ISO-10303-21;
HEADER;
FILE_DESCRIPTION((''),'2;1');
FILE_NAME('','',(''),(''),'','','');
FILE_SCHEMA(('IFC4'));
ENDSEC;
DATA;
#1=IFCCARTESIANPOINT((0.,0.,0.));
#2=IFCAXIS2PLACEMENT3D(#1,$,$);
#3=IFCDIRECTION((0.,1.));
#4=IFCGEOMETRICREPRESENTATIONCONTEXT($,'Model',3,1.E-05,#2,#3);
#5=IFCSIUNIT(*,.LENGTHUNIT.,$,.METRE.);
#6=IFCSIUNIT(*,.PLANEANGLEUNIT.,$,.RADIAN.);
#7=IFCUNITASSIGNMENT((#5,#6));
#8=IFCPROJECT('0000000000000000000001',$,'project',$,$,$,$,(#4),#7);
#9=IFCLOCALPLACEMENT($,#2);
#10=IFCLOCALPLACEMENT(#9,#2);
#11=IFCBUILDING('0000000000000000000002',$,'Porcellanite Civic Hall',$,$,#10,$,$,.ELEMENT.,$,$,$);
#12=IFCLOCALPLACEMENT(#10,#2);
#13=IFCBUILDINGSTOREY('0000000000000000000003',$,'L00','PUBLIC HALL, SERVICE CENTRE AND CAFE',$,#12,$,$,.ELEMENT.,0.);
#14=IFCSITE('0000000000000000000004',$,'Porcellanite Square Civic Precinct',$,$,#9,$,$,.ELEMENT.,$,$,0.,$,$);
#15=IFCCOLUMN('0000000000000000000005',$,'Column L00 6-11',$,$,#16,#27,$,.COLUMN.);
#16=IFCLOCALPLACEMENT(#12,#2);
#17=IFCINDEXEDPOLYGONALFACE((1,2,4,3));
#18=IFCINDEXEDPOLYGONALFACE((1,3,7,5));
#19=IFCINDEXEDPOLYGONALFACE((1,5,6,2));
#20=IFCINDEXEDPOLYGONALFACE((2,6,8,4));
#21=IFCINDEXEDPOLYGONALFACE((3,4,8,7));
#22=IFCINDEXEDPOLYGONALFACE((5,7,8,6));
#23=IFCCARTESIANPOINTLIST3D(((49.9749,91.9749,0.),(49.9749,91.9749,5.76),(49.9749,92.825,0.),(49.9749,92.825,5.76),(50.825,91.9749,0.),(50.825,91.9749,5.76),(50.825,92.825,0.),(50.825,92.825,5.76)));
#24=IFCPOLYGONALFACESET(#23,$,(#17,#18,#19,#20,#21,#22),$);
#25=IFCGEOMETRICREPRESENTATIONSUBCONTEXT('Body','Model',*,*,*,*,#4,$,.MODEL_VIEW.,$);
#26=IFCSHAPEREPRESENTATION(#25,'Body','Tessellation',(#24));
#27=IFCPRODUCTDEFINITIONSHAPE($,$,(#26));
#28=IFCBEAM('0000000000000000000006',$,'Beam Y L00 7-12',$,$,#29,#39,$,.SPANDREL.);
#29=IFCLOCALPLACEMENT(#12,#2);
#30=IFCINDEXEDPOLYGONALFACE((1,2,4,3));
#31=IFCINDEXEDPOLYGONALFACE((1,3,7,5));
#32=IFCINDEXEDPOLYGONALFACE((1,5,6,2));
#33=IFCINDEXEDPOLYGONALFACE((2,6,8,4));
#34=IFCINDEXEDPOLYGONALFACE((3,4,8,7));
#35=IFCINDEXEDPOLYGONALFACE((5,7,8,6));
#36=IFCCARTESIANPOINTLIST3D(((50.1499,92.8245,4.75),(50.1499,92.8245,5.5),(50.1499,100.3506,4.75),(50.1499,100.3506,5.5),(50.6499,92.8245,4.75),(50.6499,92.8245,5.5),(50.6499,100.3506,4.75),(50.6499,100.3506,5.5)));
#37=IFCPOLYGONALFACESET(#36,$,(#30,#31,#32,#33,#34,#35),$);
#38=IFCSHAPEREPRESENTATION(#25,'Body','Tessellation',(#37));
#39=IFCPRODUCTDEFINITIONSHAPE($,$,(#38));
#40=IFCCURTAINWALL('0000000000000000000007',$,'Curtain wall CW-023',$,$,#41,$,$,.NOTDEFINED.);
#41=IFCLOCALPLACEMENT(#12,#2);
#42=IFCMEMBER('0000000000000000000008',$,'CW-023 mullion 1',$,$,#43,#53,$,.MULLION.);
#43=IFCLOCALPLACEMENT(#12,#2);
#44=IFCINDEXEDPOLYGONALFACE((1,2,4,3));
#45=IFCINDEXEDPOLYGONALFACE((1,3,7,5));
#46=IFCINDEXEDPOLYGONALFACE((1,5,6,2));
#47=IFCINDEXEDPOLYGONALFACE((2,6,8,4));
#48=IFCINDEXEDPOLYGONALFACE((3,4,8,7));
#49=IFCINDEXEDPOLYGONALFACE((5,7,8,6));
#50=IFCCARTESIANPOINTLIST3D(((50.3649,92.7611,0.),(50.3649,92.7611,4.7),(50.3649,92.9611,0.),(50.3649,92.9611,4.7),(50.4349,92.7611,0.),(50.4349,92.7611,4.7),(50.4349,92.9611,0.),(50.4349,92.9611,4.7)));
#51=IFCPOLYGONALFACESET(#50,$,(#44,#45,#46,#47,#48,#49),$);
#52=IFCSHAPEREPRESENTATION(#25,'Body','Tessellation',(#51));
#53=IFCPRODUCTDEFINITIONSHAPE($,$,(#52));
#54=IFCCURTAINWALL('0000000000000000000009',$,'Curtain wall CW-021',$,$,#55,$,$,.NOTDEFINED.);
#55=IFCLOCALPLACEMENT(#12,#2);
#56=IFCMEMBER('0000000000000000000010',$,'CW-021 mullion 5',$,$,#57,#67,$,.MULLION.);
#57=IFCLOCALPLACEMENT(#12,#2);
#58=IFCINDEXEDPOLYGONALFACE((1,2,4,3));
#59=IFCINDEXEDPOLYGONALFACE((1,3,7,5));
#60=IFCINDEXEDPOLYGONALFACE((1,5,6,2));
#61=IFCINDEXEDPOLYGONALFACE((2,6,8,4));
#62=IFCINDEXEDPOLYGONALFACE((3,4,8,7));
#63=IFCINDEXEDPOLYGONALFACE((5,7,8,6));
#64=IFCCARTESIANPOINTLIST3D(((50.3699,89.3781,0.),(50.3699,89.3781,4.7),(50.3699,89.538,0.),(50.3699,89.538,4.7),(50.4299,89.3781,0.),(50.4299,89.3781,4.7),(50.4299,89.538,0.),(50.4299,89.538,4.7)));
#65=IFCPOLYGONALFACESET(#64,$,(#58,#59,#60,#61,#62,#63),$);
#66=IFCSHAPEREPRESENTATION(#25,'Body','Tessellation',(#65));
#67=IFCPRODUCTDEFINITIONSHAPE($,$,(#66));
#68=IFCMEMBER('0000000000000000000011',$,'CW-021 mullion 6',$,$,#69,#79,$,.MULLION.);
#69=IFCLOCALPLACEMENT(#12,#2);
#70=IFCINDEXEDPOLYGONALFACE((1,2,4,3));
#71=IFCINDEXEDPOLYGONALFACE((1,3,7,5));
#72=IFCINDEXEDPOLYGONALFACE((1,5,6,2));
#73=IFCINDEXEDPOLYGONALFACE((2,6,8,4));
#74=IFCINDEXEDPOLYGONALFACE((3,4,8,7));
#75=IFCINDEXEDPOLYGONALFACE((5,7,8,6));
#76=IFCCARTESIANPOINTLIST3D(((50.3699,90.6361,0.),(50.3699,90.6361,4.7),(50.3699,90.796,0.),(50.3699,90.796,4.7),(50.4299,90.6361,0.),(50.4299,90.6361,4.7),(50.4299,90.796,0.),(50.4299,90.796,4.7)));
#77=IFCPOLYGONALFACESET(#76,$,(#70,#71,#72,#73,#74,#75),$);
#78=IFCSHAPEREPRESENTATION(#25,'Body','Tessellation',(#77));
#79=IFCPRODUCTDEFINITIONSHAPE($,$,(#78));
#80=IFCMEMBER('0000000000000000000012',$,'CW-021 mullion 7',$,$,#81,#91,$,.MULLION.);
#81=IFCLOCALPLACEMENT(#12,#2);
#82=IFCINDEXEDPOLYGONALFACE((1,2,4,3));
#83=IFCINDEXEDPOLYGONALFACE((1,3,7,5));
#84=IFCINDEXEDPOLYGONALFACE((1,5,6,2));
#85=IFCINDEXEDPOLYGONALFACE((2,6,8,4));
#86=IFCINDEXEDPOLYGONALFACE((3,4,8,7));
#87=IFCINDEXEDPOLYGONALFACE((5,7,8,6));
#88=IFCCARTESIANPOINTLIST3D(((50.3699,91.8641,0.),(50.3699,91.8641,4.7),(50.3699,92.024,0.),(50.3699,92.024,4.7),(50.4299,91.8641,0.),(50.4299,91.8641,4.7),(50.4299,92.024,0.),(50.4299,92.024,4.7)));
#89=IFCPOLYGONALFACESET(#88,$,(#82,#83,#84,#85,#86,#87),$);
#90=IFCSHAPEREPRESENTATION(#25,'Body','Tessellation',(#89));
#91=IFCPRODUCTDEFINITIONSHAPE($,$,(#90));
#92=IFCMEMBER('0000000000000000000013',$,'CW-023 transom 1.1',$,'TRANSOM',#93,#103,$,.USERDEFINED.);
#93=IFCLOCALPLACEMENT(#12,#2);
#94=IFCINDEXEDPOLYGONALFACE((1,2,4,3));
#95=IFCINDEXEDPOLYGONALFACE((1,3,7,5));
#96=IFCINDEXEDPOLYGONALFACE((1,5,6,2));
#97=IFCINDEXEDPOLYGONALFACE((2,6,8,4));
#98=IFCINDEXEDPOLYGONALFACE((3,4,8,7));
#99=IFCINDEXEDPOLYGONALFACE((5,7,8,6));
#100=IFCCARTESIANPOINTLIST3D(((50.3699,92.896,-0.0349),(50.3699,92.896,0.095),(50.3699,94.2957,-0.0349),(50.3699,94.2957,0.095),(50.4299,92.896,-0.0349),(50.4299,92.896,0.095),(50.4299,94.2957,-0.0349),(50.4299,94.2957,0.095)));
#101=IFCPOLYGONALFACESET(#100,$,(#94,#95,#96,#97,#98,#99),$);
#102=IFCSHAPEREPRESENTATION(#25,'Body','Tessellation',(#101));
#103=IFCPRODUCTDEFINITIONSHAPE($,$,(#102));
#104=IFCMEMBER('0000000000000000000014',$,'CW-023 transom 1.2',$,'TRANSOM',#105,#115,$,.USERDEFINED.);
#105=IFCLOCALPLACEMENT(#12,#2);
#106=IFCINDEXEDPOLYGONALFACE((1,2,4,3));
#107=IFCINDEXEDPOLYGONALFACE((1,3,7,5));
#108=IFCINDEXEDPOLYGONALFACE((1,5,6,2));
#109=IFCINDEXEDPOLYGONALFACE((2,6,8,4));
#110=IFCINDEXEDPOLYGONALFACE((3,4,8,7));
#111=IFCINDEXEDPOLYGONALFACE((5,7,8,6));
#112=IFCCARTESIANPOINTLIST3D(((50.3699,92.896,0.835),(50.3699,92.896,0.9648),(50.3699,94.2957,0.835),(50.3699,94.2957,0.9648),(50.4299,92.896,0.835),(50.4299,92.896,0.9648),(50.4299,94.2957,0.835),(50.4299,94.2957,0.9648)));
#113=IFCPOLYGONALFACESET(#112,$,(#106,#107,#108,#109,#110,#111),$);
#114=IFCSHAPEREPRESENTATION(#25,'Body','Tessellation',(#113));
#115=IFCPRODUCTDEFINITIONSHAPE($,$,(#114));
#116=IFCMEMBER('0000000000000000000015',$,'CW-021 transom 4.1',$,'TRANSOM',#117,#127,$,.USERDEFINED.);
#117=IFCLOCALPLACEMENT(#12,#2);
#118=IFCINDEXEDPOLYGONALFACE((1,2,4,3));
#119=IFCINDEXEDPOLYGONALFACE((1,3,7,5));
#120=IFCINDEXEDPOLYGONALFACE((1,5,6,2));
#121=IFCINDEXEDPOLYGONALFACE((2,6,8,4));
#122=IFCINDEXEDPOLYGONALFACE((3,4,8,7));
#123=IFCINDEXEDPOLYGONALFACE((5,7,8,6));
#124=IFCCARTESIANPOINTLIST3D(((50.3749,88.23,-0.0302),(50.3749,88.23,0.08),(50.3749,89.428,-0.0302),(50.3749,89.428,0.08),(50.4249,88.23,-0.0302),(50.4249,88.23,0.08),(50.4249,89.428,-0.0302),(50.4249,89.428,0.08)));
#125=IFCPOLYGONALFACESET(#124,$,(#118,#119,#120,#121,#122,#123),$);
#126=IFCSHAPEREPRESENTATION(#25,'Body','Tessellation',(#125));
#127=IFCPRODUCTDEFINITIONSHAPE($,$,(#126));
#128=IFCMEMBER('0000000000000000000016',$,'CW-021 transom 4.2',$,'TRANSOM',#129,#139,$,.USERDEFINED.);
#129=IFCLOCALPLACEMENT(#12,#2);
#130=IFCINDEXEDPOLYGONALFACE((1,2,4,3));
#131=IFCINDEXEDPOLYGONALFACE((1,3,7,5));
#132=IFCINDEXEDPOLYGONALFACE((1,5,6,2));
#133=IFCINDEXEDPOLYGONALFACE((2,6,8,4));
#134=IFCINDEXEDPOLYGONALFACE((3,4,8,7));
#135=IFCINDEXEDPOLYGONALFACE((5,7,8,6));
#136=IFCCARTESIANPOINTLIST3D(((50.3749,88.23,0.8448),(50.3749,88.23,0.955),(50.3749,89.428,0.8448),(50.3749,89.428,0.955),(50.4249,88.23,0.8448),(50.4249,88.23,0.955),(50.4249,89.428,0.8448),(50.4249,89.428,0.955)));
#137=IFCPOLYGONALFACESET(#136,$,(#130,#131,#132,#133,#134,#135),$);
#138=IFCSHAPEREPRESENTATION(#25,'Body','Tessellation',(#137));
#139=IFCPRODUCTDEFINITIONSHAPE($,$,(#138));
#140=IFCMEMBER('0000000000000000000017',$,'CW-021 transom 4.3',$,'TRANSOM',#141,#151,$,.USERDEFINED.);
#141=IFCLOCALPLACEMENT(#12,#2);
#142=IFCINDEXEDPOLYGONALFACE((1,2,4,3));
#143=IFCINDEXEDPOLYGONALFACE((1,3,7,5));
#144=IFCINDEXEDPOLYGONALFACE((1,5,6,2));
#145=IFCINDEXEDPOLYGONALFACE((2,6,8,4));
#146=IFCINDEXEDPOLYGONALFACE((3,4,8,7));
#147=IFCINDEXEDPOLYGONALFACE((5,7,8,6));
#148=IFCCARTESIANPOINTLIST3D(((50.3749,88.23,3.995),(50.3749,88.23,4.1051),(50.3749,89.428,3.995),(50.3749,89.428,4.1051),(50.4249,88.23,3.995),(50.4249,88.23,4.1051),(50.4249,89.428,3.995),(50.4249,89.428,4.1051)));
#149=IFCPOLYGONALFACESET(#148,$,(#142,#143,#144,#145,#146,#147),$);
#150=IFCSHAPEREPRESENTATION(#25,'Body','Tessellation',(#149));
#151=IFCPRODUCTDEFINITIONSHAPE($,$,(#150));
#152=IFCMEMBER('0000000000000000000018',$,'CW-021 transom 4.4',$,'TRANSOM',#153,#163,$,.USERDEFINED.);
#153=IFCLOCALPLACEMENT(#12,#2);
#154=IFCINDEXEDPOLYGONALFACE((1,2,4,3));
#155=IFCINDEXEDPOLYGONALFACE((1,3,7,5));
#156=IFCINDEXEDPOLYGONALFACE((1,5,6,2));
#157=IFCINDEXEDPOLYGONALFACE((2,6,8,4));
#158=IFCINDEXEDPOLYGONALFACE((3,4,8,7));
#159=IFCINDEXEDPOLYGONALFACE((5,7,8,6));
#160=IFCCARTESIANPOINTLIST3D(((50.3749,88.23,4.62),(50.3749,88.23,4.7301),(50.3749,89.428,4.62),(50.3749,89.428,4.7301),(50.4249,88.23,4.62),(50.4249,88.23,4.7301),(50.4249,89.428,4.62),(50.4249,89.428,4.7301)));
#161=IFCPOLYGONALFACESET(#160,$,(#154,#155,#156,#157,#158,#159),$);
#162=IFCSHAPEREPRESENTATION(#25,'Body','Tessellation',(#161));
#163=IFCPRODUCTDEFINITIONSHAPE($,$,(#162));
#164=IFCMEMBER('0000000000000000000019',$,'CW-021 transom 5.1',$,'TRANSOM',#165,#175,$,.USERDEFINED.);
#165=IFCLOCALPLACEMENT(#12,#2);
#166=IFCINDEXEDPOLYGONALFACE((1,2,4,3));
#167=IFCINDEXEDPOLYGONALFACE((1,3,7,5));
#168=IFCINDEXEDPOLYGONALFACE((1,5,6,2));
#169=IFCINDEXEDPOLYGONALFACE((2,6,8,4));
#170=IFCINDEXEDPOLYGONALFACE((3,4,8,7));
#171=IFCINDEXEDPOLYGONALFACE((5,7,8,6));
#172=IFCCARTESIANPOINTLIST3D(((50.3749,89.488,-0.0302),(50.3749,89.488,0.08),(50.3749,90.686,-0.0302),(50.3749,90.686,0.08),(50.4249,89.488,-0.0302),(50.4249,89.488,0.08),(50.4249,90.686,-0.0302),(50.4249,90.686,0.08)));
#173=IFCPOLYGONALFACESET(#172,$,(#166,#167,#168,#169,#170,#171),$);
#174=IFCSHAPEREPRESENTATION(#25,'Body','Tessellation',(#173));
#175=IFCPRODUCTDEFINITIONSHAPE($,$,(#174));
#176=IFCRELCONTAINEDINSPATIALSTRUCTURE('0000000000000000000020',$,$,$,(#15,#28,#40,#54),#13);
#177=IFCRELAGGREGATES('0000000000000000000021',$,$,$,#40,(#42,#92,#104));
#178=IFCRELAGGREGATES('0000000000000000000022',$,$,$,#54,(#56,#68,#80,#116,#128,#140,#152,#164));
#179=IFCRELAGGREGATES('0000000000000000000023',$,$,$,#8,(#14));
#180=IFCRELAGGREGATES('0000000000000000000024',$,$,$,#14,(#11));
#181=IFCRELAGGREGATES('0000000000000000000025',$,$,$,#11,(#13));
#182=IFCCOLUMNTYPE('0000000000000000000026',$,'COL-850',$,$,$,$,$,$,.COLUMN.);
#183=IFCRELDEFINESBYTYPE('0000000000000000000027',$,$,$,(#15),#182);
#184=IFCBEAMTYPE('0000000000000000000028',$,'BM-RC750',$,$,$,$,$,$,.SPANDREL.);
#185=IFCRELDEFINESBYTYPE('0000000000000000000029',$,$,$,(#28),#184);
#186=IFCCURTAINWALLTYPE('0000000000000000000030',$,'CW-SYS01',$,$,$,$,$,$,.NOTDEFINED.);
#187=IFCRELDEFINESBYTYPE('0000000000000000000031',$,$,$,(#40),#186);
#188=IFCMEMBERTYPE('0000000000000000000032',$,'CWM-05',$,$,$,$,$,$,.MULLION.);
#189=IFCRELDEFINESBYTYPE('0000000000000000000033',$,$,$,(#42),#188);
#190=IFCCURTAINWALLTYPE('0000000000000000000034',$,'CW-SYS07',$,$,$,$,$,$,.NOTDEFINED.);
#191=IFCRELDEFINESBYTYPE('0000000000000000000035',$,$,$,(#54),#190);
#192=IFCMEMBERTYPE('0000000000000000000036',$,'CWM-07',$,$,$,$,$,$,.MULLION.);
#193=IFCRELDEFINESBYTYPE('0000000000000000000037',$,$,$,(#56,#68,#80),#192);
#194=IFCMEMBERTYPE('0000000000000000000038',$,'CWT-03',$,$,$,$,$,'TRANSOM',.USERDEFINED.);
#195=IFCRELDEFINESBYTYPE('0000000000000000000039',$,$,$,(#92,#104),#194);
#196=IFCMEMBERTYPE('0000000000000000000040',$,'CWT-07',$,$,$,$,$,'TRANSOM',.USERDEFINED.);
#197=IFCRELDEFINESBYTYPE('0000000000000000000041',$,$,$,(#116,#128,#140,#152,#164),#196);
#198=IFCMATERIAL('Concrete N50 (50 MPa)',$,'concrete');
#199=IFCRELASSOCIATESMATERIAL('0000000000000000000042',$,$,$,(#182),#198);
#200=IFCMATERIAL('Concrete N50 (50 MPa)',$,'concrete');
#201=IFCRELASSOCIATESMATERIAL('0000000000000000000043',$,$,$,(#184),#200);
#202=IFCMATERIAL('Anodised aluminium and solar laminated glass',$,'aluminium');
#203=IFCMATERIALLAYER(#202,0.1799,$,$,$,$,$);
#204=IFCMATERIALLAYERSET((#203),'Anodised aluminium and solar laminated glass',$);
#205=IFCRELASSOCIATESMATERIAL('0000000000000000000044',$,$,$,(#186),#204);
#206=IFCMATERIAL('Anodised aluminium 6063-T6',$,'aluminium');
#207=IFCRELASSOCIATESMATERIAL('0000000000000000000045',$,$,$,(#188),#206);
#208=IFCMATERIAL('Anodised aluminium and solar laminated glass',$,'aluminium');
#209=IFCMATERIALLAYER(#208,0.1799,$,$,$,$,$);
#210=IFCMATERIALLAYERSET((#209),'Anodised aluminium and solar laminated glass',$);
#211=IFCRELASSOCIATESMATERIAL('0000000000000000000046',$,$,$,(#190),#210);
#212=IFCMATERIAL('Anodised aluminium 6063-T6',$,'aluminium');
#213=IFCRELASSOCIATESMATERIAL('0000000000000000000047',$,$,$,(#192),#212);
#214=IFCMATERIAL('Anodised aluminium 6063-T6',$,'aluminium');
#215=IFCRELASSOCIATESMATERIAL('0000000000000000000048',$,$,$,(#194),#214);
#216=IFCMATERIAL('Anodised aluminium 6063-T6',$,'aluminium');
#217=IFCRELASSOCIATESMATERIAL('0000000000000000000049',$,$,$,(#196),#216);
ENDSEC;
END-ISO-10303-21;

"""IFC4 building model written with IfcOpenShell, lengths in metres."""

from ifc_helpers import new_model, si_unit, direction, frame, origin, origin_2d, place, context, subcontext, project, spatial, rectangle, extrude, material, layer, layer_set, material_profile, profile_set, type_object, element, aggregate, save


model = new_model("IFC4")

# Units and contexts
model_context = context("Model", 3, precision=1e-05, world=origin(), true_north=direction((0.0, 1.0)))
body_context = subcontext(model_context, "Body", "Model", "MODEL_VIEW")
ifc_project = project(units=[si_unit("LENGTHUNIT", "METRE"), si_unit("PLANEANGLEUNIT", "RADIAN")], contexts=[model_context])

# Site, building, storey
site_placement = place(None, origin())
site = spatial("IfcSite", under=ifc_project, at=site_placement, Name="Porcellanite Square Civic Precinct", CompositionType="ELEMENT", RefElevation=0.0)
building_placement = place(site_placement, origin())
building = spatial("IfcBuilding", under=site, at=building_placement, Name="Porcellanite Civic Hall", CompositionType="ELEMENT")
storey_placement = place(building_placement, origin())
storey = spatial("IfcBuildingStorey", under=building, at=storey_placement, Name="L00", Description="PUBLIC HALL, SERVICE CENTRE AND CAFE", CompositionType="ELEMENT", Elevation=0.0)

# Column
ifc_material_1 = material(Name="Concrete N50 (50 MPa)", Category="concrete")
ifc_material_profile_1 = material_profile(ifc_material_1, rectangle(XDim=0.8501, YDim=0.8501, at=origin_2d()), Name="RC-850x850")
ifc_profile_set_1 = profile_set([ifc_material_profile_1], Name="Concrete N50 (50 MPa)")
column_type = type_object("IfcColumnType", Name="COL-850", PredefinedType="COLUMN", material=ifc_profile_set_1)
column_placement = place(storey_placement, frame((50.3999, 92.3999, 0.0), z_axis=(0.0, 0.0, 1.0), x_axis=(1.0, 0.0, 0.0)))
element("IfcColumn", 1, at=column_placement, inside=storey, type_object=column_type, Name="Column L00 6-11", PredefinedType="COLUMN", context=body_context, shape_type="SweptSolid", body=[
    extrude(rectangle(XDim=0.8501, YDim=0.8501, at=origin_2d()), origin(), (0.0, 0.0, 1.0), 5.76),
])

# Beam
ifc_material_2 = material(Name="Concrete N50 (50 MPa)", Category="concrete")
ifc_material_profile_2 = material_profile(ifc_material_2, rectangle(XDim=0.5, YDim=0.75, at=origin_2d()), Name="RC-500x750")
ifc_profile_set_2 = profile_set([ifc_material_profile_2], Name="Concrete N50 (50 MPa)")
beam_type = type_object("IfcBeamType", Name="BM-RC750", PredefinedType="SPANDREL", material=ifc_profile_set_2)
beam_placement = place(storey_placement, frame((50.3999, 92.8245, 5.125), z_axis=(0.0, 1.0, 0.0), x_axis=(-1.0, 0.0, 0.0)))
element("IfcBeam", 2, at=beam_placement, inside=storey, type_object=beam_type, Name="Beam Y L00 7-12", PredefinedType="SPANDREL", context=body_context, shape_type="SweptSolid", body=[
    extrude(rectangle(XDim=0.5, YDim=0.75, at=origin_2d()), origin(), (0.0, 0.0, 1.0), 7.5261),
])

# Curtain wall, member
ifc_material_3 = material(Name="Anodised aluminium and solar laminated glass", Category="aluminium")
ifc_layer_1 = layer(ifc_material_3, 0.1799)
ifc_layer_set_1 = layer_set([ifc_layer_1], Name="Anodised aluminium and solar laminated glass")
curtain_wall_type_1 = type_object("IfcCurtainWallType", Name="CW-SYS01", PredefinedType="NOTDEFINED", material=ifc_layer_set_1)
curtain_wall_1_placement = place(storey_placement, origin())
curtain_wall_1 = element("IfcCurtainWall", 3, at=curtain_wall_1_placement, inside=storey, type_object=curtain_wall_type_1, Name="Curtain wall CW-023", PredefinedType="NOTDEFINED")
ifc_material_4 = material(Name="Anodised aluminium 6063-T6", Category="aluminium")
ifc_material_profile_3 = material_profile(ifc_material_4, rectangle(XDim=0.0701, YDim=0.2, at=origin_2d()), Name="AL-70x200")
ifc_profile_set_3 = profile_set([ifc_material_profile_3], Name="Anodised aluminium 6063-T6")
member_type_1 = type_object("IfcMemberType", Name="CWM-05", PredefinedType="MULLION", material=ifc_profile_set_3)
member_1_placement = place(storey_placement, frame((50.3999, 92.8611, 0.0), z_axis=(0.0, 0.0, 1.0), x_axis=(-1.0, 0.0, 0.0)))
member_1 = element("IfcMember", 4, at=member_1_placement, type_object=member_type_1, Name="CW-023 mullion 1", PredefinedType="MULLION", context=body_context, shape_type="SweptSolid", body=[
    extrude(rectangle(XDim=0.0701, YDim=0.2, at=origin_2d()), origin(), (0.0, 0.0, 1.0), 4.7),
])

# Curtain wall, members
ifc_material_5 = material(Name="Anodised aluminium and solar laminated glass", Category="aluminium")
ifc_layer_2 = layer(ifc_material_5, 0.1799)
ifc_layer_set_2 = layer_set([ifc_layer_2], Name="Anodised aluminium and solar laminated glass")
curtain_wall_type_2 = type_object("IfcCurtainWallType", Name="CW-SYS07", PredefinedType="NOTDEFINED", material=ifc_layer_set_2)
curtain_wall_2_placement = place(storey_placement, origin())
curtain_wall_2 = element("IfcCurtainWall", 5, at=curtain_wall_2_placement, inside=storey, type_object=curtain_wall_type_2, Name="Curtain wall CW-021", PredefinedType="NOTDEFINED")
ifc_material_6 = material(Name="Anodised aluminium 6063-T6", Category="aluminium")
ifc_material_profile_4 = material_profile(ifc_material_6, rectangle(XDim=0.0601, YDim=0.1599, at=origin_2d()), Name="AL-60x160")
ifc_profile_set_4 = profile_set([ifc_material_profile_4], Name="Anodised aluminium 6063-T6")
member_type_2 = type_object("IfcMemberType", Name="CWM-07", PredefinedType="MULLION", material=ifc_profile_set_4)
member_2_placement = place(storey_placement, frame((50.3999, 89.458, 0.0), z_axis=(0.0, 0.0, 1.0), x_axis=(-1.0, 0.0, 0.0)))
member_2 = element("IfcMember", 6, at=member_2_placement, type_object=member_type_2, Name="CW-021 mullion 5", PredefinedType="MULLION", context=body_context, shape_type="SweptSolid", body=[
    extrude(rectangle(XDim=0.0601, YDim=0.1599, at=origin_2d()), origin(), (0.0, 0.0, 1.0), 4.7),
])
member_3_placement = place(storey_placement, frame((50.3999, 90.7161, 0.0), z_axis=(0.0, 0.0, 1.0), x_axis=(-1.0, 0.0, 0.0)))
member_3 = element("IfcMember", 7, at=member_3_placement, type_object=member_type_2, Name="CW-021 mullion 6", PredefinedType="MULLION", context=body_context, shape_type="SweptSolid", body=[
    extrude(rectangle(XDim=0.0601, YDim=0.1599, at=origin_2d()), origin(), (0.0, 0.0, 1.0), 4.7),
])
member_4_placement = place(storey_placement, frame((50.3999, 91.9441, 0.0), z_axis=(0.0, 0.0, 1.0), x_axis=(-1.0, 0.0, 0.0)))
member_4 = element("IfcMember", 8, at=member_4_placement, type_object=member_type_2, Name="CW-021 mullion 7", PredefinedType="MULLION", context=body_context, shape_type="SweptSolid", body=[
    extrude(rectangle(XDim=0.0601, YDim=0.1599, at=origin_2d()), origin(), (0.0, 0.0, 1.0), 4.7),
])

# Members
ifc_material_7 = material(Name="Anodised aluminium 6063-T6", Category="aluminium")
ifc_material_profile_5 = material_profile(ifc_material_7, rectangle(XDim=0.0601, YDim=0.1299, at=origin_2d()), Name="AL-60x130")
ifc_profile_set_5 = profile_set([ifc_material_profile_5], Name="Anodised aluminium 6063-T6")
member_type_3 = type_object("IfcMemberType", Name="CWT-03", ElementType="TRANSOM", PredefinedType="USERDEFINED", material=ifc_profile_set_5)
member_5_placement = place(storey_placement, frame((50.3999, 92.896, 0.03), z_axis=(0.0, 1.0, 0.0), x_axis=(-1.0, 0.0, 0.0)))
member_5 = element("IfcMember", 9, at=member_5_placement, type_object=member_type_3, Name="CW-023 transom 1.1", ObjectType="TRANSOM", PredefinedType="USERDEFINED", context=body_context, shape_type="SweptSolid", body=[
    extrude(rectangle(XDim=0.0601, YDim=0.1299, at=origin_2d()), origin(), (0.0, 0.0, 1.0), 1.3997),
])
member_6_placement = place(storey_placement, frame((50.3999, 92.896, 0.8999), z_axis=(0.0, 1.0, 0.0), x_axis=(-1.0, 0.0, 0.0)))
member_6 = element("IfcMember", 10, at=member_6_placement, type_object=member_type_3, Name="CW-023 transom 1.2", ObjectType="TRANSOM", PredefinedType="USERDEFINED", context=body_context, shape_type="SweptSolid", body=[
    extrude(rectangle(XDim=0.0601, YDim=0.1299, at=origin_2d()), origin(), (0.0, 0.0, 1.0), 1.3997),
])
aggregate(curtain_wall_1, [member_1, member_5, member_6])
ifc_material_8 = material(Name="Anodised aluminium 6063-T6", Category="aluminium")
ifc_material_profile_6 = material_profile(ifc_material_8, rectangle(XDim=0.05, YDim=0.1101, at=origin_2d()), Name="AL-50x110")
ifc_profile_set_6 = profile_set([ifc_material_profile_6], Name="Anodised aluminium 6063-T6")
member_type_4 = type_object("IfcMemberType", Name="CWT-07", ElementType="TRANSOM", PredefinedType="USERDEFINED", material=ifc_profile_set_6)
member_7_placement = place(storey_placement, frame((50.3999, 88.23, 0.0249), z_axis=(0.0, 1.0, 0.0), x_axis=(-1.0, 0.0, 0.0)))
member_7 = element("IfcMember", 11, at=member_7_placement, type_object=member_type_4, Name="CW-021 transom 4.1", ObjectType="TRANSOM", PredefinedType="USERDEFINED", context=body_context, shape_type="SweptSolid", body=[
    extrude(rectangle(XDim=0.05, YDim=0.1101, at=origin_2d()), origin(), (0.0, 0.0, 1.0), 1.198),
])
member_8_placement = place(storey_placement, frame((50.3999, 88.23, 0.8999), z_axis=(0.0, 1.0, 0.0), x_axis=(-1.0, 0.0, 0.0)))
member_8 = element("IfcMember", 12, at=member_8_placement, type_object=member_type_4, Name="CW-021 transom 4.2", ObjectType="TRANSOM", PredefinedType="USERDEFINED", context=body_context, shape_type="SweptSolid", body=[
    extrude(rectangle(XDim=0.05, YDim=0.1101, at=origin_2d()), origin(), (0.0, 0.0, 1.0), 1.198),
])
member_9_placement = place(storey_placement, frame((50.3999, 88.23, 4.05), z_axis=(0.0, 1.0, 0.0), x_axis=(-1.0, 0.0, 0.0)))
member_9 = element("IfcMember", 13, at=member_9_placement, type_object=member_type_4, Name="CW-021 transom 4.3", ObjectType="TRANSOM", PredefinedType="USERDEFINED", context=body_context, shape_type="SweptSolid", body=[
    extrude(rectangle(XDim=0.05, YDim=0.1101, at=origin_2d()), origin(), (0.0, 0.0, 1.0), 1.198),
])
member_10_placement = place(storey_placement, frame((50.3999, 88.23, 4.675), z_axis=(0.0, 1.0, 0.0), x_axis=(-1.0, 0.0, 0.0)))
member_10 = element("IfcMember", 14, at=member_10_placement, type_object=member_type_4, Name="CW-021 transom 4.4", ObjectType="TRANSOM", PredefinedType="USERDEFINED", context=body_context, shape_type="SweptSolid", body=[
    extrude(rectangle(XDim=0.05, YDim=0.1101, at=origin_2d()), origin(), (0.0, 0.0, 1.0), 1.198),
])
member_11_placement = place(storey_placement, frame((50.3999, 89.488, 0.0249), z_axis=(0.0, 1.0, 0.0), x_axis=(-1.0, 0.0, 0.0)))
member_11 = element("IfcMember", 15, at=member_11_placement, type_object=member_type_4, Name="CW-021 transom 5.1", ObjectType="TRANSOM", PredefinedType="USERDEFINED", context=body_context, shape_type="SweptSolid", body=[
    extrude(rectangle(XDim=0.05, YDim=0.1101, at=origin_2d()), origin(), (0.0, 0.0, 1.0), 1.198),
])

aggregate(curtain_wall_2, [member_2, member_3, member_4, member_7, member_8, member_9, member_10, member_11])

save(model, "model.ifc")
